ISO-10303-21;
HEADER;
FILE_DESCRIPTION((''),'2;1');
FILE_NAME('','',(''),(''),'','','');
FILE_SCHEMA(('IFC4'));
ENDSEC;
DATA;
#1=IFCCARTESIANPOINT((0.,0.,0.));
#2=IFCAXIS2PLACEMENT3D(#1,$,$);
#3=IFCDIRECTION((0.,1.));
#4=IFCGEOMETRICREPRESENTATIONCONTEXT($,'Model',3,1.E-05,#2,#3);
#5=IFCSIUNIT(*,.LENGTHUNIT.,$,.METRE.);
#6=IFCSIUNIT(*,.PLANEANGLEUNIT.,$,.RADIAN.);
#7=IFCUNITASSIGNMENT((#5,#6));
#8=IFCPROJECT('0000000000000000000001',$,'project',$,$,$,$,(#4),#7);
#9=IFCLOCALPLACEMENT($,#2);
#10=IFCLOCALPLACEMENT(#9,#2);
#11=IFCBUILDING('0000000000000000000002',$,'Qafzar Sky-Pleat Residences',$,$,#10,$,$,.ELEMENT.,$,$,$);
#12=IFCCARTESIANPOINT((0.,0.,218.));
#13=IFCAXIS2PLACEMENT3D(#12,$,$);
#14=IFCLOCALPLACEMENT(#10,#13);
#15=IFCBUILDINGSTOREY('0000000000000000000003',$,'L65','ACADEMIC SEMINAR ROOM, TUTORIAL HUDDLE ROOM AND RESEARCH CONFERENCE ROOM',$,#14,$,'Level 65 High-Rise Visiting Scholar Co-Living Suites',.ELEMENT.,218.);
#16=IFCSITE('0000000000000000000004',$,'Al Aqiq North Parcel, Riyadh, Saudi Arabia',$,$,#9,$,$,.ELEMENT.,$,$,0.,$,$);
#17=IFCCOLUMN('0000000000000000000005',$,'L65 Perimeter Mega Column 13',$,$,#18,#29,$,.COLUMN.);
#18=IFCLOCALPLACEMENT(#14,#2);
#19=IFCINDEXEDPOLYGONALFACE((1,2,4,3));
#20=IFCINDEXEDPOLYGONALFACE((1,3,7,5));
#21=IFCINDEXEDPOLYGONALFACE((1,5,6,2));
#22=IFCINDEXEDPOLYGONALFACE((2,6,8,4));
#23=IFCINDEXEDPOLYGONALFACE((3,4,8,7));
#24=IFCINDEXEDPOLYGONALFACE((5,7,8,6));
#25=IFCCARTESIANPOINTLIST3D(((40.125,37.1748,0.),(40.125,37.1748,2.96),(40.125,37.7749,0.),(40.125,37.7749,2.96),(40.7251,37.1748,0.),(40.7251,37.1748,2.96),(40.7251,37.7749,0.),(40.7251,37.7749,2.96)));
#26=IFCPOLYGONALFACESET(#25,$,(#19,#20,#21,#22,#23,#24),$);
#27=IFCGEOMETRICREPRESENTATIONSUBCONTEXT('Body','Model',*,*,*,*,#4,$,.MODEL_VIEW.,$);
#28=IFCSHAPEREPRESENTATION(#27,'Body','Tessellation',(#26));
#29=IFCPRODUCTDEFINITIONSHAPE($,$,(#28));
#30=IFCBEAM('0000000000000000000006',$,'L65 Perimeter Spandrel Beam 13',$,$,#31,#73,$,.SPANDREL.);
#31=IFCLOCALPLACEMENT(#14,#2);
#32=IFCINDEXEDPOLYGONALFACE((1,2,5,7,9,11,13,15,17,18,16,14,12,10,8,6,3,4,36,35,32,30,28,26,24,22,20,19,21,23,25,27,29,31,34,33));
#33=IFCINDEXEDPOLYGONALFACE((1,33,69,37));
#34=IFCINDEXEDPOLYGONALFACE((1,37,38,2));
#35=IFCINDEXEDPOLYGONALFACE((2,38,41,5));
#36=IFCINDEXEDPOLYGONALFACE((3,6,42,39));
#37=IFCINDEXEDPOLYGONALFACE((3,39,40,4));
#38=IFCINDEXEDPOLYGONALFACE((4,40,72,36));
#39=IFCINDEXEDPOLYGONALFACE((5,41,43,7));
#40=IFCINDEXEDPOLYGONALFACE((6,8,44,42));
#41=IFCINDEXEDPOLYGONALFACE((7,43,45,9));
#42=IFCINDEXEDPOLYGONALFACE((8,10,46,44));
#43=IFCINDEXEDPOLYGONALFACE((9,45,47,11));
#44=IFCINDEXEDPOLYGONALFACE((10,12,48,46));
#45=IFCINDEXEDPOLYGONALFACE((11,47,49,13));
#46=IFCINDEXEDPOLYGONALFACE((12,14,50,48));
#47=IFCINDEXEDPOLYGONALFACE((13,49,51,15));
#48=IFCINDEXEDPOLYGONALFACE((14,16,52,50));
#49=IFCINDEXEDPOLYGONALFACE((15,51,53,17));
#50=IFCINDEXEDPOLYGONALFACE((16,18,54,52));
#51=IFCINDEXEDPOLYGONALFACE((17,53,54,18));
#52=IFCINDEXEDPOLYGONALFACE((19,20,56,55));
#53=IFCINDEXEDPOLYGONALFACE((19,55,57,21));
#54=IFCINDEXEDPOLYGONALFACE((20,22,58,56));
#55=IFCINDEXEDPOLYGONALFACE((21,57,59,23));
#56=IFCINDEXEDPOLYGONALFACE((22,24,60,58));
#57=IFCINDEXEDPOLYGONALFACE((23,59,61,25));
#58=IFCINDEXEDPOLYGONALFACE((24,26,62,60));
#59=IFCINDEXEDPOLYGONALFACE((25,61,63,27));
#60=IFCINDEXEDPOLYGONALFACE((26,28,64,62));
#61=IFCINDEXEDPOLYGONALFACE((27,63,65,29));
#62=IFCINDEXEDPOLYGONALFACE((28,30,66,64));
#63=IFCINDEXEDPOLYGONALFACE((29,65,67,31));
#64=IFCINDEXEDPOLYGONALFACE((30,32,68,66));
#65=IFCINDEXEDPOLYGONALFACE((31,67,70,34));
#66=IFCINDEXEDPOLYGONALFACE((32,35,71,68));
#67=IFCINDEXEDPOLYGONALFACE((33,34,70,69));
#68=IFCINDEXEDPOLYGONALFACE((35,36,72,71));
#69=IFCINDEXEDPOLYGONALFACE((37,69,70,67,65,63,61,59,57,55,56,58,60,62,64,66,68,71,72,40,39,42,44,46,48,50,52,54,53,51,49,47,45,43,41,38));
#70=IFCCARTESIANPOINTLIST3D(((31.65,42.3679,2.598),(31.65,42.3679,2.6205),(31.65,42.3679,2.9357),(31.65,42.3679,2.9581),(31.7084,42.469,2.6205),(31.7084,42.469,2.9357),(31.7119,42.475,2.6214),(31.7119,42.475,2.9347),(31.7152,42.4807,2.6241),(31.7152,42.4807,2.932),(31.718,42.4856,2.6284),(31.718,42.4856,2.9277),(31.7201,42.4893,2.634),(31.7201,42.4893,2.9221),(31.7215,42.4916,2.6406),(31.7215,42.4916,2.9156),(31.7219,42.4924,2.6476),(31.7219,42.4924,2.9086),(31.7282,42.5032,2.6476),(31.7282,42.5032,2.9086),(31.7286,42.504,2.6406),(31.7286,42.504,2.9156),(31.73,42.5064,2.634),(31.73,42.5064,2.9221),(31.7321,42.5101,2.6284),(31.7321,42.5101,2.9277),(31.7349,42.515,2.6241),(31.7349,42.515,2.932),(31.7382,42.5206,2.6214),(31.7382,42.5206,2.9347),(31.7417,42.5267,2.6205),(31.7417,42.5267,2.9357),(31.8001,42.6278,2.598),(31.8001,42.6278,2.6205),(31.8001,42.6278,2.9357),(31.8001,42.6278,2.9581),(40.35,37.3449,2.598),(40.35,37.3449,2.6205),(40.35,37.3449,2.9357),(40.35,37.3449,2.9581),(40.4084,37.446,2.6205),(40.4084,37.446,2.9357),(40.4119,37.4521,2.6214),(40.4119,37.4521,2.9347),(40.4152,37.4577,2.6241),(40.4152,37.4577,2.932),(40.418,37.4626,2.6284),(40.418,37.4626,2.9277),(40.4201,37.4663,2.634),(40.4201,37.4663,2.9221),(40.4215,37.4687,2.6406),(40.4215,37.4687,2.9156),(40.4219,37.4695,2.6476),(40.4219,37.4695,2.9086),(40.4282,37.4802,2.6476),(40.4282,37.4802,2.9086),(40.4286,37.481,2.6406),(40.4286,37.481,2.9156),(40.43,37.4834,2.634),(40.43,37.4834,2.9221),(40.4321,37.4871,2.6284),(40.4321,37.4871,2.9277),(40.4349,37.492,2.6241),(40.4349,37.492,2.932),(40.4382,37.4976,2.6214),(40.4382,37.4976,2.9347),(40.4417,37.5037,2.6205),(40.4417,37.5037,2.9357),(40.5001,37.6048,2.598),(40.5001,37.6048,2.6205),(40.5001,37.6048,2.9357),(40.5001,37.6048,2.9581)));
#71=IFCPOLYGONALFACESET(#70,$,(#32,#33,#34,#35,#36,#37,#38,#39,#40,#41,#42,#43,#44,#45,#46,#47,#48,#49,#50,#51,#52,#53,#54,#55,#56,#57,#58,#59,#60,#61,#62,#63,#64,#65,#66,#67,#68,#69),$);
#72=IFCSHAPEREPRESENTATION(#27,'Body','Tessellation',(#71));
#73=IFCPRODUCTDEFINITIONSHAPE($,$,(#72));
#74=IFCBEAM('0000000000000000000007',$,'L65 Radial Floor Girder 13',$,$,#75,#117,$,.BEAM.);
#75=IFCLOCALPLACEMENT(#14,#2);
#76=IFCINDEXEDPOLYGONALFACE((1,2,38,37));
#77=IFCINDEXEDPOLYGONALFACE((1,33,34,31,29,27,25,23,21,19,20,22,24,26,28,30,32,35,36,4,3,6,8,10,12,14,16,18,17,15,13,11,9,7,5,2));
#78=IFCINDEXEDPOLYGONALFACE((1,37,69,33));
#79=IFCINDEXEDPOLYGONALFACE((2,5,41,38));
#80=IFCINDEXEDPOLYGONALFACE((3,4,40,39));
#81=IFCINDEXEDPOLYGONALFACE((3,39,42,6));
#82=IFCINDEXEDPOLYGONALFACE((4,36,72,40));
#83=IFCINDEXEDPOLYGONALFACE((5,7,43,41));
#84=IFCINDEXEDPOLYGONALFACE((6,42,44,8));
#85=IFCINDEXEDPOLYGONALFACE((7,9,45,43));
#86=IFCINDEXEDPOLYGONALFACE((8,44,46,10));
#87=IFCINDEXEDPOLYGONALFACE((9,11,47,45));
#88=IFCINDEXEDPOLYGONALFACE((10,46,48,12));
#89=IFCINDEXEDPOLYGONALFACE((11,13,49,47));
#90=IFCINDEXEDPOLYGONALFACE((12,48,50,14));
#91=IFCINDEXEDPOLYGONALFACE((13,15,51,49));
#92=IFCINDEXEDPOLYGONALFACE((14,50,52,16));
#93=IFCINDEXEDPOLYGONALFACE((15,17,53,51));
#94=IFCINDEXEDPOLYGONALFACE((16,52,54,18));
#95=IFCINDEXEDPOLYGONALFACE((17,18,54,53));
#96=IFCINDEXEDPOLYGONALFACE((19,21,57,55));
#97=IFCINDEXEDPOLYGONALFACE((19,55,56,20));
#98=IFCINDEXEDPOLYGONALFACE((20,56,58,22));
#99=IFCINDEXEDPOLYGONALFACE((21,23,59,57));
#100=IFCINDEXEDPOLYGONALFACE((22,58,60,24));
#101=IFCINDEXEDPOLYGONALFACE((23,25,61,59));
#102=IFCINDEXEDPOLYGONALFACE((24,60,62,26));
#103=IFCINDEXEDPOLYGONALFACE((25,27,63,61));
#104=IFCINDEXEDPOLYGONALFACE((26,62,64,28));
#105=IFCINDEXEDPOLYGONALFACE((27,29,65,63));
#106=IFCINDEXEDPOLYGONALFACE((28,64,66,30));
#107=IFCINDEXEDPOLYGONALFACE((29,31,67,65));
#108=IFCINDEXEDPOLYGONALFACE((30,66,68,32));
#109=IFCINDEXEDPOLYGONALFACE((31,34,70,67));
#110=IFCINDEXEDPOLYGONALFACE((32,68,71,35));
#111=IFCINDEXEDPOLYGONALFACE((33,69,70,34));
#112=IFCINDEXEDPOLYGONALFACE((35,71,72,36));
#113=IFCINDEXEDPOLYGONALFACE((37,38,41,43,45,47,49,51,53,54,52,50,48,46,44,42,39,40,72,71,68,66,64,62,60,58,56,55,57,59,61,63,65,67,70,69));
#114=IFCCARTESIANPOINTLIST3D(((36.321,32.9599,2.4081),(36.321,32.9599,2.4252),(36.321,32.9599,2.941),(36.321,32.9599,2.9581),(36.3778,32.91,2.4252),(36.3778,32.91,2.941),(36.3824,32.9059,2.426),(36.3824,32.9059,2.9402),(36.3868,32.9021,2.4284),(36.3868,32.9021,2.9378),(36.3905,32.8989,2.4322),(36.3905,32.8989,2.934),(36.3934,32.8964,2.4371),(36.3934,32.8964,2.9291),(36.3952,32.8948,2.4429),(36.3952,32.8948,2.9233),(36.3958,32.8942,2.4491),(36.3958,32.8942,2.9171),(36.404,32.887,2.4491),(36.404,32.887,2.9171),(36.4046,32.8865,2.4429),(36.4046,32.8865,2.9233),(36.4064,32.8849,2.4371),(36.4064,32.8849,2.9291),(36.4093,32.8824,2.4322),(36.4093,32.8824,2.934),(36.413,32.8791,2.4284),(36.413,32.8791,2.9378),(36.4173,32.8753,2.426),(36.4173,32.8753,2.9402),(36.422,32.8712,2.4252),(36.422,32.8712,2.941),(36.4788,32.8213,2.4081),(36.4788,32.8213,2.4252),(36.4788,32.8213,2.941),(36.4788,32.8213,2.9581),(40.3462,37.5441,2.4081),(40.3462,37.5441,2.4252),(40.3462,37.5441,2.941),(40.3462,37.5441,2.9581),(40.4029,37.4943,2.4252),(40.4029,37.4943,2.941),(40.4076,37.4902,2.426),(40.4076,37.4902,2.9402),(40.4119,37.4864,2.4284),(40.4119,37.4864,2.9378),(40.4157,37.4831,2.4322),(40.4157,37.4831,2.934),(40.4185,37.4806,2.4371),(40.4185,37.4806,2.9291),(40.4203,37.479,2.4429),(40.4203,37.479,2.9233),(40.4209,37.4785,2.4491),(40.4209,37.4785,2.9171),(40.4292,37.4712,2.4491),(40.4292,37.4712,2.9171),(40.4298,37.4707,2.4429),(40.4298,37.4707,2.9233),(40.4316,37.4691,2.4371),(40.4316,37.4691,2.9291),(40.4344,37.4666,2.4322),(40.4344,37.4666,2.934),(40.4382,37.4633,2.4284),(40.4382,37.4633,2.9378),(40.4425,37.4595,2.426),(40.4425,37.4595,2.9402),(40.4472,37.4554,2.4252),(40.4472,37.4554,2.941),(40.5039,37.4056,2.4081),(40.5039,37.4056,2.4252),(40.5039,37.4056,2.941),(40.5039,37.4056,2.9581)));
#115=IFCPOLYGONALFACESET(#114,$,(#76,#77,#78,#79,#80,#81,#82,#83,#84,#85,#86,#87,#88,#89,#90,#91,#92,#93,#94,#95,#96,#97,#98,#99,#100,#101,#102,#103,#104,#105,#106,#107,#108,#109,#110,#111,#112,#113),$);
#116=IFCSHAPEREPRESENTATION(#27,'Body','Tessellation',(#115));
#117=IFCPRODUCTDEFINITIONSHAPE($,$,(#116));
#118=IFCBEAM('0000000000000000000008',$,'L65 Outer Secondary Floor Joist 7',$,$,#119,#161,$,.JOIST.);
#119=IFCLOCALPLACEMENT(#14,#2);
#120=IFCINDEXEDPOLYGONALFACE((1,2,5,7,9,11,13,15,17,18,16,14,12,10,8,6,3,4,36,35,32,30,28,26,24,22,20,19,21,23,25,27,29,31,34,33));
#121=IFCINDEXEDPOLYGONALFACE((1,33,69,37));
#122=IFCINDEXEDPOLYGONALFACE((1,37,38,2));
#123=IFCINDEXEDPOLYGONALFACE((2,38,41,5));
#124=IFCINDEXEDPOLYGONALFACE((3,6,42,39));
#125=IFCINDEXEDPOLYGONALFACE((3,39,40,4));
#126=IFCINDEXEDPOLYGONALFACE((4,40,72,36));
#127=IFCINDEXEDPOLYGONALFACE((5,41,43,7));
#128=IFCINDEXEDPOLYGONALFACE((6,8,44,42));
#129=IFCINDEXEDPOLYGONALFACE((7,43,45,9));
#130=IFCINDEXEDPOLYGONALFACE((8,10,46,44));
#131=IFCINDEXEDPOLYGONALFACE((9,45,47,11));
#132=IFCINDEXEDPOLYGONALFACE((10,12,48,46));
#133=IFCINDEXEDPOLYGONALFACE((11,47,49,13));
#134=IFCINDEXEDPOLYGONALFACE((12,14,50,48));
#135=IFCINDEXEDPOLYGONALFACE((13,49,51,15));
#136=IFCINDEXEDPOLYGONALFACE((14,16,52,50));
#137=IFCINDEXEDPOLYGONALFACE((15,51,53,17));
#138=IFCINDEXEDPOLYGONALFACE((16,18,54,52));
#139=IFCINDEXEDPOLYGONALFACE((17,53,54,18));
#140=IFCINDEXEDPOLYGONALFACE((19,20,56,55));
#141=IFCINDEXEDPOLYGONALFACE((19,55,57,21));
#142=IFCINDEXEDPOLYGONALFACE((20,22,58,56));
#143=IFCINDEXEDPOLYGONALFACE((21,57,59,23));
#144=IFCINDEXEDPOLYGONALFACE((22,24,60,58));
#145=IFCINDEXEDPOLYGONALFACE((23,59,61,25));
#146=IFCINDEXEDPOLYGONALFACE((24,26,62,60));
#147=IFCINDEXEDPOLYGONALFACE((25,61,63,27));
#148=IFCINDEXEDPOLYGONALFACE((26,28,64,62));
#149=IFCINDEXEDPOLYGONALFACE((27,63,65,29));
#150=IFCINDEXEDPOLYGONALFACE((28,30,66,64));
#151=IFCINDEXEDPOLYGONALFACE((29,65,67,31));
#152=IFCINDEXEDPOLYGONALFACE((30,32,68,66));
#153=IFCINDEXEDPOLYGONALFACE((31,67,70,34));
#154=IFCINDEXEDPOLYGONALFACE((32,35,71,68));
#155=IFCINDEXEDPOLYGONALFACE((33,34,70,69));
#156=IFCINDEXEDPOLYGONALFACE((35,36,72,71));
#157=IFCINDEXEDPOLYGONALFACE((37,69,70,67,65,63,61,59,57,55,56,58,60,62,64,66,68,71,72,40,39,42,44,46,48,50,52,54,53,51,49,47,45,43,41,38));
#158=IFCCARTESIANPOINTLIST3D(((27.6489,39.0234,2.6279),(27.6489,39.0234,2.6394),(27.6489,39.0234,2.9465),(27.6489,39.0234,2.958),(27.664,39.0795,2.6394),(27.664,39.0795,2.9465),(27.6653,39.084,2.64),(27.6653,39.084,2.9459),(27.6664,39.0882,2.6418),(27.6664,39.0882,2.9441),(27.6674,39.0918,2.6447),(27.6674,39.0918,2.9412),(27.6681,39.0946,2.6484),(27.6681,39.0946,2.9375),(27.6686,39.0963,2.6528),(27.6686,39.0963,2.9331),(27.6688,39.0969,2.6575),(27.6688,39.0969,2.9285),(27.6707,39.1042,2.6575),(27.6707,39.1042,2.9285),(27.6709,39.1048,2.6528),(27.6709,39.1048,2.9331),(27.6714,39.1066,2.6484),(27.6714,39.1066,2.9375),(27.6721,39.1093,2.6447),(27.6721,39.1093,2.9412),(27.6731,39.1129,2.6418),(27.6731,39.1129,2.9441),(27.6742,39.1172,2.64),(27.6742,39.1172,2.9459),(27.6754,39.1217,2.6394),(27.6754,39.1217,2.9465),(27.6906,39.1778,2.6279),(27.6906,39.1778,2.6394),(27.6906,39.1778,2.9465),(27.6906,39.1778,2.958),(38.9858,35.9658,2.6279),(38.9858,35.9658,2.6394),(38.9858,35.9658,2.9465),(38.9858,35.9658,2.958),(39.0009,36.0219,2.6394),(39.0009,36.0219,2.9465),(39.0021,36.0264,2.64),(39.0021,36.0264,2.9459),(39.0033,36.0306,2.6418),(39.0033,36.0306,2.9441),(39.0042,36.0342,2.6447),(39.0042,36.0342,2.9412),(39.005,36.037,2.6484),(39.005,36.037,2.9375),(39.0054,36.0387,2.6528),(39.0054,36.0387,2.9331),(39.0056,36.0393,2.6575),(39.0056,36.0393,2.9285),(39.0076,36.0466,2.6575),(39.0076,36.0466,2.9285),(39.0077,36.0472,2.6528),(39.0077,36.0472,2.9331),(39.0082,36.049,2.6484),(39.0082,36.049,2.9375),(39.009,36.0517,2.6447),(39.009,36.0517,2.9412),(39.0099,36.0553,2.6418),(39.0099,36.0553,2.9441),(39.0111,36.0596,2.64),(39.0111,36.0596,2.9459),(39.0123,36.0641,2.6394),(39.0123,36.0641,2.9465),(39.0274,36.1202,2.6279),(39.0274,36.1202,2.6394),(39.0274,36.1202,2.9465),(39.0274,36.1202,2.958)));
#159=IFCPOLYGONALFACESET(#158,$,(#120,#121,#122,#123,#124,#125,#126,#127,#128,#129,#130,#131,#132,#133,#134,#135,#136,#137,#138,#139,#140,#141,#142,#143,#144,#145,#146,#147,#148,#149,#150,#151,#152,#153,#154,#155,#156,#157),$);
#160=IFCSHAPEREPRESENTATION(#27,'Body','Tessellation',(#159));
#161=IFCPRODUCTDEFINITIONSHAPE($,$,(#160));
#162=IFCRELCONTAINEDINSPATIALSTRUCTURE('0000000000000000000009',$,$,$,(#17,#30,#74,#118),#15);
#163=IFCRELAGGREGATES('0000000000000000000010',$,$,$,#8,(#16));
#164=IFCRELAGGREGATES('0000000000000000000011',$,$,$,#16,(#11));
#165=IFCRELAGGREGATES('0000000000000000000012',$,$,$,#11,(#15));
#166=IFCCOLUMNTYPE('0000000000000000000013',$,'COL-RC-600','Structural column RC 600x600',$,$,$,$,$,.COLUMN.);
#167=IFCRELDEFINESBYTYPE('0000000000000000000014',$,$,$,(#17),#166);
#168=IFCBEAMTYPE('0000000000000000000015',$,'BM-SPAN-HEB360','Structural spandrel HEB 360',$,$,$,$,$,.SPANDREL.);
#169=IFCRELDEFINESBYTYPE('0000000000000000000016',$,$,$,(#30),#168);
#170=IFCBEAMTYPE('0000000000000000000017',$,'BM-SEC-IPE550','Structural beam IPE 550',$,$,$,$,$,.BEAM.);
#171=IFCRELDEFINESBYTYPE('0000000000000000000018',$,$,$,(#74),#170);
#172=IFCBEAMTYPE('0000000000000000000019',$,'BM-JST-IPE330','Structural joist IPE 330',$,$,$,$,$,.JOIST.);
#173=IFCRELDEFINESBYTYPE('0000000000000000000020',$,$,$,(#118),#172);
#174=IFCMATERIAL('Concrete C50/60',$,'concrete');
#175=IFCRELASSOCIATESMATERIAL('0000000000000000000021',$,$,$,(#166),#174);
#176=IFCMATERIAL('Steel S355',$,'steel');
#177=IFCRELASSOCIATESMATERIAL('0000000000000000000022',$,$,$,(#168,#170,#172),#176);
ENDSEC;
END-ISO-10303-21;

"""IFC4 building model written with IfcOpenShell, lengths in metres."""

from ifc_helpers import new_model, si_unit, direction, frame, origin, origin_2d, place, context, subcontext, project, spatial, rectangle, i_section, extrude, source, transform, mapped, material, material_profile, profile_set, type_object, element, save


model = new_model("IFC4")

# Units and contexts
model_context = context("Model", 3, precision=1e-05, world=origin(), true_north=direction((0.0, 1.0)))
body_context = subcontext(model_context, "Body", "Model", "MODEL_VIEW")
ifc_project = project(units=[si_unit("LENGTHUNIT", "METRE"), si_unit("PLANEANGLEUNIT", "RADIAN")], contexts=[model_context])

# Site, building, storey
site_placement = place(None, origin())
site = spatial("IfcSite", under=ifc_project, at=site_placement, Name="Al Aqiq North Parcel, Riyadh, Saudi Arabia", CompositionType="ELEMENT", RefElevation=0.0)
building_placement = place(site_placement, origin())
building = spatial("IfcBuilding", under=site, at=building_placement, Name="Qafzar Sky-Pleat Residences", CompositionType="ELEMENT")
storey_placement = place(building_placement, frame((0.0, 0.0, 218.0)))
storey = spatial("IfcBuildingStorey", under=building, at=storey_placement, Name="L65", Description="ACADEMIC SEMINAR ROOM, TUTORIAL HUDDLE ROOM AND RESEARCH CONFERENCE ROOM", LongName="Level 65 High-Rise Visiting Scholar Co-Living Suites", CompositionType="ELEMENT", Elevation=218.0)

# Column
ifc_material_1 = material(Name="Concrete C50/60", Category="concrete")
ifc_material_profile_1 = material_profile(ifc_material_1, rectangle(XDim=0.6001, YDim=0.6001, at=origin_2d()), Name="RC 600x600")
ifc_profile_set_1 = profile_set([ifc_material_profile_1], Name="Concrete C50/60")
column_type = type_object("IfcColumnType", Name="COL-RC-600", Description="Structural column RC 600x600", PredefinedType="COLUMN", material=ifc_profile_set_1)
shared_shape_1 = source(origin(), body_context, "Body", "SweptSolid", [
    extrude(rectangle(XDim=0.6001, YDim=0.6001, at=origin_2d()), origin(), (0.0, 0.0, 1.0), 2.96),
])
column_placement = place(storey_placement, frame((40.425, 37.4749, 0.0), z_axis=(0.0, 0.0, 1.0), x_axis=(1.0, 0.0, 0.0)))
element("IfcColumn", 1, at=column_placement, inside=storey, type_object=column_type, Name="L65 Perimeter Mega Column 13", PredefinedType="COLUMN", context=body_context, shape_type="MappedRepresentation", body=[
    mapped(shared_shape_1, transform((0.0, 0.0, 0.0), x_axis=(1.0, 0.0, 0.0), y_axis=(0.0, 1.0, 0.0), z_axis=(0.0, 0.0, 1.0), scale=1.0)),
])

# Beams
ifc_material_2 = material(Name="Steel S355", Category="steel")
ifc_material_profile_2 = material_profile(ifc_material_2, i_section(OverallWidth=0.3, OverallDepth=0.3601, WebThickness=0.0125, FlangeThickness=0.0225, FilletRadius=0.0271, at=origin_2d()), Name="HEB 360")
ifc_profile_set_2 = profile_set([ifc_material_profile_2], Name="Steel S355")
beam_type_1 = type_object("IfcBeamType", Name="BM-SPAN-HEB360", Description="Structural spandrel HEB 360", PredefinedType="SPANDREL", material=ifc_profile_set_2)
shared_shape_2 = source(origin(), body_context, "Body", "SweptSolid", [
    extrude(i_section(OverallWidth=0.3, OverallDepth=0.3601, WebThickness=0.0125, FlangeThickness=0.0225, FilletRadius=0.0271, at=origin_2d()), origin(), (0.0, 0.0, 1.0), 10.0459),
])
beam_1_placement = place(storey_placement, frame((40.425, 37.4749, 2.7781), z_axis=(-0.866024, 0.500002, 0.0), x_axis=(-0.500002, -0.866024, 0.0)))
element("IfcBeam", 2, at=beam_1_placement, inside=storey, type_object=beam_type_1, Name="L65 Perimeter Spandrel Beam 13", PredefinedType="SPANDREL", context=body_context, shape_type="MappedRepresentation", body=[
    mapped(shared_shape_2, transform((0.0, 0.0, 0.0), x_axis=(1.0, 0.0, 0.0), y_axis=(0.0, 1.0, 0.0), z_axis=(0.0, 0.0, 1.0), scale=1.0)),
])
ifc_material_profile_3 = material_profile(ifc_material_2, i_section(OverallWidth=0.21, OverallDepth=0.55, WebThickness=0.011, FlangeThickness=0.0171, FilletRadius=0.0239, at=origin_2d()), Name="IPE 550")
ifc_profile_set_3 = profile_set([ifc_material_profile_3], Name="Steel S355")
beam_type_2 = type_object("IfcBeamType", Name="BM-SEC-IPE550", Description="Structural beam IPE 550", PredefinedType="BEAM", material=ifc_profile_set_3)
shared_shape_3 = source(origin(), body_context, "Body", "SweptSolid", [
    extrude(i_section(OverallWidth=0.21, OverallDepth=0.55, WebThickness=0.011, FlangeThickness=0.0171, FilletRadius=0.0239, at=origin_2d()), origin(), (0.0, 0.0, 1.0), 6.1006),
])
beam_2_placement = place(storey_placement, frame((40.425, 37.4749, 2.6831), z_axis=(-0.659798, -0.751443, 0.0), x_axis=(0.751443, -0.659798, 0.0)))
element("IfcBeam", 3, at=beam_2_placement, inside=storey, type_object=beam_type_2, Name="L65 Radial Floor Girder 13", PredefinedType="BEAM", context=body_context, shape_type="MappedRepresentation", body=[
    mapped(shared_shape_3, transform((0.0, 0.0, 0.0), x_axis=(1.0, 0.0, 0.0), y_axis=(0.0, 1.0, 0.0), z_axis=(0.0, 0.0, 1.0), scale=1.0)),
])
ifc_material_profile_4 = material_profile(ifc_material_2, i_section(OverallWidth=0.1599, OverallDepth=0.3301, WebThickness=0.0076, FlangeThickness=0.0115, FilletRadius=0.0181, at=origin_2d()), Name="IPE 330")
ifc_profile_set_4 = profile_set([ifc_material_profile_4], Name="Steel S355")
beam_type_3 = type_object("IfcBeamType", Name="BM-JST-IPE330", Description="Structural joist IPE 330", PredefinedType="JOIST", material=ifc_profile_set_4)
shared_shape_4 = source(origin(), body_context, "Body", "SweptSolid", [
    extrude(i_section(OverallWidth=0.1599, OverallDepth=0.3301, WebThickness=0.0076, FlangeThickness=0.0115, FilletRadius=0.0181, at=origin_2d()), origin(), (0.0, 0.0, 1.0), 11.7419),
])
beam_3_placement = place(storey_placement, frame((39.0066, 36.043, 2.793), z_axis=(-0.965501, 0.2604, 0.0), x_axis=(-0.2604, -0.965501, 0.0)))
element("IfcBeam", 4, at=beam_3_placement, inside=storey, type_object=beam_type_3, Name="L65 Outer Secondary Floor Joist 7", PredefinedType="JOIST", context=body_context, shape_type="MappedRepresentation", body=[
    mapped(shared_shape_4, transform((0.0, 0.0, 0.0), x_axis=(1.0, 0.0, 0.0), y_axis=(0.0, 1.0, 0.0), z_axis=(0.0, 0.0, 1.0), scale=1.0)),
])

save(model, "model.ifc")
